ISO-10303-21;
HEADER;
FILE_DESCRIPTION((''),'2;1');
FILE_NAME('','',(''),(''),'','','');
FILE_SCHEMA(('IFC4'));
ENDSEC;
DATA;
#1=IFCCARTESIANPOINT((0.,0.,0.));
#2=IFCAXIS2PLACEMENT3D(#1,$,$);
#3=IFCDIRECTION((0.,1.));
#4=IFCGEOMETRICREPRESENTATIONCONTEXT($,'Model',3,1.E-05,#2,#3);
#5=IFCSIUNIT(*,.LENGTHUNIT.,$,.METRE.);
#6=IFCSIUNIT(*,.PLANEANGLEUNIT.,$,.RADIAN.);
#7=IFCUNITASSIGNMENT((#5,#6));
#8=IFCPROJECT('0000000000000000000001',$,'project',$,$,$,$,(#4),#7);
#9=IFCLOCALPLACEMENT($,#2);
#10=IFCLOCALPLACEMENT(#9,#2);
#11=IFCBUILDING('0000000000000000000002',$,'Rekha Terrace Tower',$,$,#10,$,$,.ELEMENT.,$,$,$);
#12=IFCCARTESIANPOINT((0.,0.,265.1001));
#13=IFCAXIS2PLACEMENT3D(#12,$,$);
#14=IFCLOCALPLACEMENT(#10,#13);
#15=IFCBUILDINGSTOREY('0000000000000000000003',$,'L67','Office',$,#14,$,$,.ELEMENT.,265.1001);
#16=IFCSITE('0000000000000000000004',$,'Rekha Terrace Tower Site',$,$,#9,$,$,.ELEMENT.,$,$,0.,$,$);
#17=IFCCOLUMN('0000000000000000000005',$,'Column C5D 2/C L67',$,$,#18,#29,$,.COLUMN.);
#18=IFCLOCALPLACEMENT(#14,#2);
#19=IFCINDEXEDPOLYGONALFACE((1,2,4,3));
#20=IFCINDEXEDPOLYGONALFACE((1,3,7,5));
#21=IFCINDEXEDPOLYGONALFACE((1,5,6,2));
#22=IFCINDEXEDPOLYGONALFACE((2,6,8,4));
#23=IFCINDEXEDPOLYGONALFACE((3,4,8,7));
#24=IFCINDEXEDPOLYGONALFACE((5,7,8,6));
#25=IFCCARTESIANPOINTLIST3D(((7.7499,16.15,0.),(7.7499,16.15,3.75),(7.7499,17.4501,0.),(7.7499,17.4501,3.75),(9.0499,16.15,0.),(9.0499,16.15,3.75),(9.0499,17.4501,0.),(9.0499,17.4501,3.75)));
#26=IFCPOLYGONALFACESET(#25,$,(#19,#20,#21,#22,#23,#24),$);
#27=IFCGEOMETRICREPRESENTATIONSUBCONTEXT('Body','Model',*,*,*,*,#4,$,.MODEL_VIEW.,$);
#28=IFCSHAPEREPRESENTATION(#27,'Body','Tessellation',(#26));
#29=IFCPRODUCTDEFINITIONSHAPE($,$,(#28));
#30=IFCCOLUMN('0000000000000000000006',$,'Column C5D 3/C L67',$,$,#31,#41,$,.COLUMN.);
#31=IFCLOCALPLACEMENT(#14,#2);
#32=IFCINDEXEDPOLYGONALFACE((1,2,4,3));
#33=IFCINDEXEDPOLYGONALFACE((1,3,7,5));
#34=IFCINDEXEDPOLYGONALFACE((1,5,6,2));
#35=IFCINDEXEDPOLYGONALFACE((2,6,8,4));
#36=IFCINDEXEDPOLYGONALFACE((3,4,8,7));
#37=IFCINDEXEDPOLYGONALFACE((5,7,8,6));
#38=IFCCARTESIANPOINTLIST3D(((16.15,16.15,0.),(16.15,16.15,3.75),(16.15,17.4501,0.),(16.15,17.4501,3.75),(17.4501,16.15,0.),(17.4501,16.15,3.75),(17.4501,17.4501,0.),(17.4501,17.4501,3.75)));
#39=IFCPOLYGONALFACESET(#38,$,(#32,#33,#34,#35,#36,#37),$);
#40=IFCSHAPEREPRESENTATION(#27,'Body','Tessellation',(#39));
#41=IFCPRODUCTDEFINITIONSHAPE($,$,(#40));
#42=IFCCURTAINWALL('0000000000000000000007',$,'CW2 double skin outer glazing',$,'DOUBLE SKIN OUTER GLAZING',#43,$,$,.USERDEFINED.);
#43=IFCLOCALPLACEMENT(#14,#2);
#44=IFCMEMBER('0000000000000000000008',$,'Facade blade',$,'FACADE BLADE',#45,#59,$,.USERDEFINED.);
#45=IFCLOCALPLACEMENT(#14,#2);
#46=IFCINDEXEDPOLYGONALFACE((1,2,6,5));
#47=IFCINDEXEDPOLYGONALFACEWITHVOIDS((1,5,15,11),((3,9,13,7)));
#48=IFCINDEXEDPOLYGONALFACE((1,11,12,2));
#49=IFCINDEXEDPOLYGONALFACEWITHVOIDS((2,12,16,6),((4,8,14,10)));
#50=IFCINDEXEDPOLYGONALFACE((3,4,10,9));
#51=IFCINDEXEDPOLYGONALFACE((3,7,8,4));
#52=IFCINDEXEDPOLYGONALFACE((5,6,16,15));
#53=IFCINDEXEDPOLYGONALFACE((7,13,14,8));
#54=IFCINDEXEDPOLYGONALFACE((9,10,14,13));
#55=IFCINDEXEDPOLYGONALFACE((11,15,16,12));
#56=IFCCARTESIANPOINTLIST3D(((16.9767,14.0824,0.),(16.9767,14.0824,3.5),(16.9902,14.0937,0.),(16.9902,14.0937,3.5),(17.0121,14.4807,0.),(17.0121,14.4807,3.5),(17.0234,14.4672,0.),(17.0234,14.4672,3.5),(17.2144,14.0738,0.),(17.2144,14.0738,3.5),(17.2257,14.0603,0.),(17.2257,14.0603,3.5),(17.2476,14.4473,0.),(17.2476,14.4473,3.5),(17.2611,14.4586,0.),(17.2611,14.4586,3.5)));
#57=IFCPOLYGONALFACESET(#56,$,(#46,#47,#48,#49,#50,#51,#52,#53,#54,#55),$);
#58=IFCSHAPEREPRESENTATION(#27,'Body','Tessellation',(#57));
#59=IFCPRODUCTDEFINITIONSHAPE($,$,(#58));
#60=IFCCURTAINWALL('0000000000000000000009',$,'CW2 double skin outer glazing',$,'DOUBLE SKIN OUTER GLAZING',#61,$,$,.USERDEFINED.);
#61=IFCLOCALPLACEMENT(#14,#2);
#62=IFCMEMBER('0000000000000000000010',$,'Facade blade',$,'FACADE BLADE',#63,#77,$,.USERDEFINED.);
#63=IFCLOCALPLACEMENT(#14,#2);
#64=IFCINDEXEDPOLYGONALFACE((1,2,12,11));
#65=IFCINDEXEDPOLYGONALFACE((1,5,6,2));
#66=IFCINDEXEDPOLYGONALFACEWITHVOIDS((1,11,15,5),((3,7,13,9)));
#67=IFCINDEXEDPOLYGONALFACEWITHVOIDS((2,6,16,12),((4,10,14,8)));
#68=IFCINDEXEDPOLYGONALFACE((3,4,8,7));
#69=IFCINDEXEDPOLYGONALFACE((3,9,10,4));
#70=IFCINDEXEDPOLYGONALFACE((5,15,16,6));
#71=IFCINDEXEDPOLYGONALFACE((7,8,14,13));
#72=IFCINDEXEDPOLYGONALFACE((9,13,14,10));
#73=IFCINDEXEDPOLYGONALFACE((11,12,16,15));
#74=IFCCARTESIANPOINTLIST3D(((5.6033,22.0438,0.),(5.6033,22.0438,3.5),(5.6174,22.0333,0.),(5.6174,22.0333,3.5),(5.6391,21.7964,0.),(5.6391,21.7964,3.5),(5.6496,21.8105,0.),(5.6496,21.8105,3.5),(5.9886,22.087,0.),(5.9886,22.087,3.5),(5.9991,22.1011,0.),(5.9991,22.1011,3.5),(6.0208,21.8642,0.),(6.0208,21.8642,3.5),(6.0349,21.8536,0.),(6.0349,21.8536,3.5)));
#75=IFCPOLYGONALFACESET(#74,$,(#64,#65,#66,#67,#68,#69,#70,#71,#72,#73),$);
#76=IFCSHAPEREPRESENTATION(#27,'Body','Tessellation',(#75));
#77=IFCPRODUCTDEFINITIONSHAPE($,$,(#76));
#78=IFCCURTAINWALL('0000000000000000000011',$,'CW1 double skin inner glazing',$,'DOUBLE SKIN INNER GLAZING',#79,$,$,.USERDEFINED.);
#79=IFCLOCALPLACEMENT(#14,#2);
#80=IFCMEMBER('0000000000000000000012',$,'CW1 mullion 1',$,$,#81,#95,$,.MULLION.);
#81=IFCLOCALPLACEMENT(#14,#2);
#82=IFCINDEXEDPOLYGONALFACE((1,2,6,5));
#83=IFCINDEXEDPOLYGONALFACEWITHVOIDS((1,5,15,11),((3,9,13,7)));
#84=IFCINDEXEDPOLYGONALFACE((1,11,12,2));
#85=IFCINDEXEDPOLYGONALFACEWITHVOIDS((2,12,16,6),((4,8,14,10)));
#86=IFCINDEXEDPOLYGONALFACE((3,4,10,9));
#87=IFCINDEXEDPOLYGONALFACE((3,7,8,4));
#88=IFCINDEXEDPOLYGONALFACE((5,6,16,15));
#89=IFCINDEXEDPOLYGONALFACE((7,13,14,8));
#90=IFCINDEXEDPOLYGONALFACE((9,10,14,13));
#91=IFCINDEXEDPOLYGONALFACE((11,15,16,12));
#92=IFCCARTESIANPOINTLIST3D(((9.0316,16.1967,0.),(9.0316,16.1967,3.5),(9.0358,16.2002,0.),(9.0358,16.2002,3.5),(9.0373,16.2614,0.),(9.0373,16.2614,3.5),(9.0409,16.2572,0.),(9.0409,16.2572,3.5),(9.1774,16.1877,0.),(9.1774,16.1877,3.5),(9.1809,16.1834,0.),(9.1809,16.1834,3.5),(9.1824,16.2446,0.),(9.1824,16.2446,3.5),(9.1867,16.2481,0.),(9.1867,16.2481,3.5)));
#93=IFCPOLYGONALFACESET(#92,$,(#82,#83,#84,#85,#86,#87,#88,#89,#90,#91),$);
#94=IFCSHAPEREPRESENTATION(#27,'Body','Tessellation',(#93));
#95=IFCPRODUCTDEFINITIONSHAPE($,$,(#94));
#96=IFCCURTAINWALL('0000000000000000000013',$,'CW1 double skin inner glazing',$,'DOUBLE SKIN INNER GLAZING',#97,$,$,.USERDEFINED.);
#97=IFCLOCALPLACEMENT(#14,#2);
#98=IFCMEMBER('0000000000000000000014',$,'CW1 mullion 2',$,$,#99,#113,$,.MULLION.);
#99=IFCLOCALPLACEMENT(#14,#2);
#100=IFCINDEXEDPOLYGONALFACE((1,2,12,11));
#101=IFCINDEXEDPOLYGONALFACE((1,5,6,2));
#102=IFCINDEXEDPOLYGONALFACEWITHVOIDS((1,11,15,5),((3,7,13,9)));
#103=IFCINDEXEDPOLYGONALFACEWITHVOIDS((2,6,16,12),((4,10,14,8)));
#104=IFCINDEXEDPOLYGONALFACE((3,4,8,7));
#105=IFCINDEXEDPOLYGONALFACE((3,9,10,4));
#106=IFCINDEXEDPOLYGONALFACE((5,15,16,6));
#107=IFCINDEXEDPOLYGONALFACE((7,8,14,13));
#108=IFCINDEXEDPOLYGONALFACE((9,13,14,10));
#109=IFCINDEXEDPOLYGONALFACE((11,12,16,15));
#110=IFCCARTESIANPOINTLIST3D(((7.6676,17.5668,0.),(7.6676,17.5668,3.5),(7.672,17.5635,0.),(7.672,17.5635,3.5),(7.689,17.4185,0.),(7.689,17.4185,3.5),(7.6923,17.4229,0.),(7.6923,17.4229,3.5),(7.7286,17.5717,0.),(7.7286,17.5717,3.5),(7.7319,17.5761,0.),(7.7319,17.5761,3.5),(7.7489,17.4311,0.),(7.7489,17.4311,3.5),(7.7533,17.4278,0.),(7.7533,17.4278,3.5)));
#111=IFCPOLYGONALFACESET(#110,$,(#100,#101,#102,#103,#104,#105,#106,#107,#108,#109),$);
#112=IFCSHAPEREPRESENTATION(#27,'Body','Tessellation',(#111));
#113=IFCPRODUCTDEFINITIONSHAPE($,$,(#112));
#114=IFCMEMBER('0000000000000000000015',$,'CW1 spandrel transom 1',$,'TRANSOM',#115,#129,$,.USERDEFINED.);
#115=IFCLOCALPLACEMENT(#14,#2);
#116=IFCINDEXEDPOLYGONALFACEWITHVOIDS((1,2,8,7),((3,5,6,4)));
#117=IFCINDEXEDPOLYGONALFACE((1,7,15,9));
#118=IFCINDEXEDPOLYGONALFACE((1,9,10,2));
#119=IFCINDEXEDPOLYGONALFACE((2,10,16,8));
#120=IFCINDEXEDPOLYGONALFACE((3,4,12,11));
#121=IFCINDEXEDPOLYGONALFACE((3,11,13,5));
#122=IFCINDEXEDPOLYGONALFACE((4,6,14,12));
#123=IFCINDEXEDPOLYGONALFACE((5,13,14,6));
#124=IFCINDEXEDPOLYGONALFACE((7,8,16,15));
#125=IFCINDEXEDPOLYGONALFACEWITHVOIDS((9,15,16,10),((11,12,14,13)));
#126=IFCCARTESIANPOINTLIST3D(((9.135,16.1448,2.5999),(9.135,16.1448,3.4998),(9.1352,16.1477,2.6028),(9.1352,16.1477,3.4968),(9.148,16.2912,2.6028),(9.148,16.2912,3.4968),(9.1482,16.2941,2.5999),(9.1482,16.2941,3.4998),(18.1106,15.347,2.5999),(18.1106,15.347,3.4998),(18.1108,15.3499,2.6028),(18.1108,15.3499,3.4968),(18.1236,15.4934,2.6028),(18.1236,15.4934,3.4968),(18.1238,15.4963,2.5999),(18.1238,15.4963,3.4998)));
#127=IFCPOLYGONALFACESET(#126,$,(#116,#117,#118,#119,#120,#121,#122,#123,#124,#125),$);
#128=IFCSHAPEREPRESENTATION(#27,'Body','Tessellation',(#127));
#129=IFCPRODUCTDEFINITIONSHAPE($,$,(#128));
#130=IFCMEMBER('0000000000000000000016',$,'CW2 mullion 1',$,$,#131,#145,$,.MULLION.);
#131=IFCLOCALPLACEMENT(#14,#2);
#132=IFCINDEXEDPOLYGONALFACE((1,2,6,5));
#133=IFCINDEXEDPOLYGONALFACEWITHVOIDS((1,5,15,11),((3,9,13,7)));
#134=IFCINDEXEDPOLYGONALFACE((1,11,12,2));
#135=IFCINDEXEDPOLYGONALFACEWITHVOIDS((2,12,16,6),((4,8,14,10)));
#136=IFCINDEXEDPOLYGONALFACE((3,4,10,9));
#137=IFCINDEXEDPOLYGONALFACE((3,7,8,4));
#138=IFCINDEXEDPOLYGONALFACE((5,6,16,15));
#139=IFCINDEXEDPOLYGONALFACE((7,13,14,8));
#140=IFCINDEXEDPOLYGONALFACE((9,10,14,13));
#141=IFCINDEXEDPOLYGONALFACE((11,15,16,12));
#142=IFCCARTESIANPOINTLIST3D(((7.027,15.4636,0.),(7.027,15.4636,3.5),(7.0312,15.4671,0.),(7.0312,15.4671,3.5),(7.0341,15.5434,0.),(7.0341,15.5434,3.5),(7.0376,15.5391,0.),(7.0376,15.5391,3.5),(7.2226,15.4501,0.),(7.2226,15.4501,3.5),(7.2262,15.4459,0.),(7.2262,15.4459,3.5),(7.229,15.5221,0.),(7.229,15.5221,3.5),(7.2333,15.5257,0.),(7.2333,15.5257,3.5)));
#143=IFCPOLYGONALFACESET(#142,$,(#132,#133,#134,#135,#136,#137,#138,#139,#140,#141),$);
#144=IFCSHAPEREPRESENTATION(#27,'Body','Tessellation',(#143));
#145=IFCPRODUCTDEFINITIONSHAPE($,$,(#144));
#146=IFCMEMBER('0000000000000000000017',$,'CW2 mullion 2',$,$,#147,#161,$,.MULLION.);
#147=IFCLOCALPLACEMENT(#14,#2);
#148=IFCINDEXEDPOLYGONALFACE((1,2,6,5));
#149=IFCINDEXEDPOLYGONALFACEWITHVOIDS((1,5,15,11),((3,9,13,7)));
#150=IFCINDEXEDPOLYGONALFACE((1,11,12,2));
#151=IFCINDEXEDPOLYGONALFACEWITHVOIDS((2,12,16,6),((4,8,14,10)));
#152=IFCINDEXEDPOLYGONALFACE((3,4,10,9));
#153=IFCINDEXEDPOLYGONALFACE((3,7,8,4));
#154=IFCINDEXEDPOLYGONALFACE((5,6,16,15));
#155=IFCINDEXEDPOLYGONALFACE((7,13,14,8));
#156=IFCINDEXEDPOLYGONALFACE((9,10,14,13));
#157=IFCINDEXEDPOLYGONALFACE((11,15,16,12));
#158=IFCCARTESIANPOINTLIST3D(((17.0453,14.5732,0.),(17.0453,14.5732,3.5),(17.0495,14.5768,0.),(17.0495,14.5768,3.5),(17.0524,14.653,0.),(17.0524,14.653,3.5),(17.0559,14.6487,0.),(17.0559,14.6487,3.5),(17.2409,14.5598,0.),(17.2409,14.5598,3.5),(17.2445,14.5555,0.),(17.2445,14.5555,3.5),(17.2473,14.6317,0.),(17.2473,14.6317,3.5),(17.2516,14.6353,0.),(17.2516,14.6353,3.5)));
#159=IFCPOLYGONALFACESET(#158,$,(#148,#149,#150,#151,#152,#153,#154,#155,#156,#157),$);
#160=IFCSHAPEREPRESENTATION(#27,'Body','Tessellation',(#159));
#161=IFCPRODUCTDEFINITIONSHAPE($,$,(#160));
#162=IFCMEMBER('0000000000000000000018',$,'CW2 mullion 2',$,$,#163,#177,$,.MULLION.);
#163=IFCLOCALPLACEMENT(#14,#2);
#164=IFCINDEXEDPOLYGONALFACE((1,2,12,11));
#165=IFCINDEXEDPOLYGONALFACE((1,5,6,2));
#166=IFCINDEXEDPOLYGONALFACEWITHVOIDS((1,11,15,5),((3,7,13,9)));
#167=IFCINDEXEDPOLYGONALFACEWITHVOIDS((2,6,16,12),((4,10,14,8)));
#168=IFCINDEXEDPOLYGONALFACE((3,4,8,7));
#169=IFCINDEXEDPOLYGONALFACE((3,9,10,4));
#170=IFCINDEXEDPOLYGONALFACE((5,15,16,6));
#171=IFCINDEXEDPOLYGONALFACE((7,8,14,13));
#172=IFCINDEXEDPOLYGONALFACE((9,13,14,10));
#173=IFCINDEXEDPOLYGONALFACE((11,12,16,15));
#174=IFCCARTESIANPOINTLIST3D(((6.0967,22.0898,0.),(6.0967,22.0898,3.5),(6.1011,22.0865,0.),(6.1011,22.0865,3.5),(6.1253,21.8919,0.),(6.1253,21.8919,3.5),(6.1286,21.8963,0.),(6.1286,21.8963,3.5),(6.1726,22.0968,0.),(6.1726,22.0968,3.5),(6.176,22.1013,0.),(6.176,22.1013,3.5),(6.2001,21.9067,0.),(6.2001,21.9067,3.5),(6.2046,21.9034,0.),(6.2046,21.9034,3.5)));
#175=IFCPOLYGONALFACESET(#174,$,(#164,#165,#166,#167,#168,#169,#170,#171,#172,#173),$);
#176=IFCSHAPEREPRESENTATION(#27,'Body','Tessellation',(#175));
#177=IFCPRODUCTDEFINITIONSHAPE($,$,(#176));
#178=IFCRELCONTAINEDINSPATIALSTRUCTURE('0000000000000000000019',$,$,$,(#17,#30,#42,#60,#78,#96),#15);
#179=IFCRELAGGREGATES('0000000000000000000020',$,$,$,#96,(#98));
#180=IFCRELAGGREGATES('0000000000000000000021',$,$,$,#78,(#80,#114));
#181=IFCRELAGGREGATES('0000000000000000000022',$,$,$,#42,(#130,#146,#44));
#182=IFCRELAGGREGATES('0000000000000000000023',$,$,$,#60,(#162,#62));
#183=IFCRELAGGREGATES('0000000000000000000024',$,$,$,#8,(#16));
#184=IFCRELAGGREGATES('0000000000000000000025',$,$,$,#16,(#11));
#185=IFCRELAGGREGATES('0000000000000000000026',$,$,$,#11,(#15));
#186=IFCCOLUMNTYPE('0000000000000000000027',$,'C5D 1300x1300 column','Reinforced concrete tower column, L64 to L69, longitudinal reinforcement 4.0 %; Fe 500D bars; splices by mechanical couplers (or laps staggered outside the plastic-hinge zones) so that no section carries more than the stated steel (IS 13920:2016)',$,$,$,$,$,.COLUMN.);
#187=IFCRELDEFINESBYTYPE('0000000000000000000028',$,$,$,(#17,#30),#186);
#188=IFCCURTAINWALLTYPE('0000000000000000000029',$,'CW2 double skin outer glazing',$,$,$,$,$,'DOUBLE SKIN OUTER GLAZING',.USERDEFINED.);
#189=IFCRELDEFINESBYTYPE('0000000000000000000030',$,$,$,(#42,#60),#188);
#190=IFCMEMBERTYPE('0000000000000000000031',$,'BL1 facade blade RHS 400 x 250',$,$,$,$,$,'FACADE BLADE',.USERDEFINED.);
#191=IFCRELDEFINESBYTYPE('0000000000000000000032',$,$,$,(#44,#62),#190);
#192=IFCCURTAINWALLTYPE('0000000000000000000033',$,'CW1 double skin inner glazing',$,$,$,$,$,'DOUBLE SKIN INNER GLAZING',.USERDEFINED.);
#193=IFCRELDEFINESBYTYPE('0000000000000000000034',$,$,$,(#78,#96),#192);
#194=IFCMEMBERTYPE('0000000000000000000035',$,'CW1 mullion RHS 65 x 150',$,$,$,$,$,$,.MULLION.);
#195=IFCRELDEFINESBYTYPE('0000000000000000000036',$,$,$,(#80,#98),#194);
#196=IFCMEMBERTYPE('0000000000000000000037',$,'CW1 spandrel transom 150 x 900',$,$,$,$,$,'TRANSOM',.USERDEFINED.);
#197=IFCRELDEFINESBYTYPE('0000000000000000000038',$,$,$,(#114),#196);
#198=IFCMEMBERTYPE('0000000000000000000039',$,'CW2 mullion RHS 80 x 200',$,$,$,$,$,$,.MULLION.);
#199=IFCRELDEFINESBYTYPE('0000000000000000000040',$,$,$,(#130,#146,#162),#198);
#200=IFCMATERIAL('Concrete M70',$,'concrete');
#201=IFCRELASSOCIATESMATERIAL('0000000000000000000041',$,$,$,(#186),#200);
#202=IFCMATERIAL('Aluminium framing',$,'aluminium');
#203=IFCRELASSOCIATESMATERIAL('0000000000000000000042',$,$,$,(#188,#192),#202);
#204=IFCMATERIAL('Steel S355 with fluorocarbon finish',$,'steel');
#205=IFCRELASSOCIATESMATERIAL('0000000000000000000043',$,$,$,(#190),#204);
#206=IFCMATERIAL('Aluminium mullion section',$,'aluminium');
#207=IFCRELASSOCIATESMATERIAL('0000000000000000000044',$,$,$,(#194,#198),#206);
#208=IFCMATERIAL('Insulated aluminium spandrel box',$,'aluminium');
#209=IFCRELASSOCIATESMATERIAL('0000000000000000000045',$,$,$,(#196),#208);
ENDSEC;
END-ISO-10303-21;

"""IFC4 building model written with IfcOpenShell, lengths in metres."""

from ifc_helpers import new_model, si_unit, direction, frame, origin, origin_2d, place, context, subcontext, project, spatial, rectangle, hollow_rectangle, extrude, material, material_profile, profile_set, type_object, element, aggregate, save


model = new_model("IFC4")

# Units and contexts
model_context = context("Model", 3, precision=1e-05, world=origin(), true_north=direction((0.0, 1.0)))
body_context = subcontext(model_context, "Body", "Model", "MODEL_VIEW")
ifc_project = project(units=[si_unit("LENGTHUNIT", "METRE"), si_unit("PLANEANGLEUNIT", "RADIAN")], contexts=[model_context])

# Site, building, storey
site_placement = place(None, origin())
site = spatial("IfcSite", under=ifc_project, at=site_placement, Name="Rekha Terrace Tower Site", CompositionType="ELEMENT", RefElevation=0.0)
building_placement = place(site_placement, origin())
building = spatial("IfcBuilding", under=site, at=building_placement, Name="Rekha Terrace Tower", CompositionType="ELEMENT")
storey_placement = place(building_placement, frame((0.0, 0.0, 265.1001)))
storey = spatial("IfcBuildingStorey", under=building, at=storey_placement, Name="L67", Description="Office", CompositionType="ELEMENT", Elevation=265.1001)

# Columns
ifc_material_1 = material(Name="Concrete M70", Category="concrete")
ifc_material_profile_1 = material_profile(ifc_material_1, rectangle(XDim=1.3, YDim=1.3, at=origin_2d()), Name="RC 1300x1300")
ifc_profile_set_1 = profile_set([ifc_material_profile_1], Name="Concrete M70")
column_type = type_object("IfcColumnType", Name="C5D 1300x1300 column", Description="Reinforced concrete tower column, L64 to L69, longitudinal reinforcement 4.0 %; Fe 500D bars; splices by mechanical couplers (or laps staggered outside the plastic-hinge zones) so that no section carries more than the stated steel (IS 13920:2016)", PredefinedType="COLUMN", material=ifc_profile_set_1)
for number, where, z_axis, x_axis, name in (
    (1, (8.3999, 16.8, 0.0), (0.0, 0.0, 1.0), (1.0, 0.0, 0.0), "Column C5D 2/C L67"),
    (2, (16.8, 16.8, 0.0), (0.0, 0.0, 1.0), (1.0, 0.0, 0.0), "Column C5D 3/C L67"),
):
    element("IfcColumn", number, at=place(storey_placement, frame(where, z_axis=z_axis, x_axis=x_axis)), inside=storey, type_object=column_type, Name=name, PredefinedType="COLUMN", context=body_context, shape_type="SweptSolid", body=[
        extrude(rectangle(XDim=1.3, YDim=1.3, at=origin_2d()), origin(), (0.0, 0.0, 1.0), 3.75),
    ])

# Curtain walls, members
ifc_material_2 = material(Name="Aluminium framing", Category="aluminium")
curtain_wall_type_1 = type_object("IfcCurtainWallType", Name="CW2 double skin outer glazing", ElementType="DOUBLE SKIN OUTER GLAZING", PredefinedType="USERDEFINED", material=ifc_material_2)
curtain_wall_1_placement = place(storey_placement, origin())
curtain_wall_1 = element("IfcCurtainWall", 3, at=curtain_wall_1_placement, inside=storey, type_object=curtain_wall_type_1, Name="CW2 double skin outer glazing", ObjectType="DOUBLE SKIN OUTER GLAZING", PredefinedType="USERDEFINED")
ifc_material_3 = material(Name="Steel S355 with fluorocarbon finish", Category="steel")
ifc_material_profile_2 = material_profile(ifc_material_3, hollow_rectangle(XDim=0.25, YDim=0.3999, WallThickness=0.0125, at=origin_2d()), Name="RHS400x250x12.5")
ifc_profile_set_2 = profile_set([ifc_material_profile_2], Name="Steel S355 with fluorocarbon finish")
member_type_1 = type_object("IfcMemberType", Name="BL1 facade blade RHS 400 x 250", ElementType="FACADE BLADE", PredefinedType="USERDEFINED", material=ifc_profile_set_2)
member_1_placement = place(storey_placement, frame((17.1189, 14.2705, 0.0), z_axis=(0.0, 0.0, 1.0), x_axis=(0.996074, -0.088522, 0.0)))
member_1 = element("IfcMember", 4, at=member_1_placement, type_object=member_type_1, Name="Facade blade", ObjectType="FACADE BLADE", PredefinedType="USERDEFINED", context=body_context, shape_type="SweptSolid", body=[
    extrude(hollow_rectangle(XDim=0.25, YDim=0.3999, WallThickness=0.0125, at=origin_2d()), origin(), (0.0, 0.0, 1.0), 3.5),
])
curtain_wall_2_placement = place(storey_placement, origin())
curtain_wall_2 = element("IfcCurtainWall", 5, at=curtain_wall_2_placement, inside=storey, type_object=curtain_wall_type_1, Name="CW2 double skin outer glazing", ObjectType="DOUBLE SKIN OUTER GLAZING", PredefinedType="USERDEFINED")
member_2_placement = place(storey_placement, frame((5.8191, 21.9487, 0.0), z_axis=(0.0, 0.0, 1.0), x_axis=(0.143109, -0.989707, 0.0)))
member_2 = element("IfcMember", 6, at=member_2_placement, type_object=member_type_1, Name="Facade blade", ObjectType="FACADE BLADE", PredefinedType="USERDEFINED", context=body_context, shape_type="SweptSolid", body=[
    extrude(hollow_rectangle(XDim=0.25, YDim=0.3999, WallThickness=0.0125, at=origin_2d()), origin(), (0.0, 0.0, 1.0), 3.5),
])
curtain_wall_type_2 = type_object("IfcCurtainWallType", Name="CW1 double skin inner glazing", ElementType="DOUBLE SKIN INNER GLAZING", PredefinedType="USERDEFINED", material=ifc_material_2)
curtain_wall_3_placement = place(storey_placement, origin())
curtain_wall_3 = element("IfcCurtainWall", 7, at=curtain_wall_3_placement, inside=storey, type_object=curtain_wall_type_2, Name="CW1 double skin inner glazing", ObjectType="DOUBLE SKIN INNER GLAZING", PredefinedType="USERDEFINED")
ifc_material_4 = material(Name="Aluminium mullion section", Category="aluminium")
ifc_material_profile_3 = material_profile(ifc_material_4, hollow_rectangle(XDim=0.0649, YDim=0.1499, WallThickness=0.0039, at=origin_2d()), Name="AL RHS 65x150")
ifc_profile_set_3 = profile_set([ifc_material_profile_3], Name="Aluminium mullion section")
member_type_2 = type_object("IfcMemberType", Name="CW1 mullion RHS 65 x 150", PredefinedType="MULLION", material=ifc_profile_set_3)
member_3_placement = place(storey_placement, frame((9.1091, 16.2224, 0.0), z_axis=(0.0, 0.0, 1.0), x_axis=(0.088522, 0.996074, 0.0)))
member_3 = element("IfcMember", 8, at=member_3_placement, type_object=member_type_2, Name="CW1 mullion 1", PredefinedType="MULLION", context=body_context, shape_type="SweptSolid", body=[
    extrude(hollow_rectangle(XDim=0.0649, YDim=0.1499, WallThickness=0.0039, at=origin_2d()), origin(), (0.0, 0.0, 1.0), 3.5),
])
curtain_wall_4_placement = place(storey_placement, origin())
curtain_wall_4 = element("IfcCurtainWall", 9, at=curtain_wall_4_placement, inside=storey, type_object=curtain_wall_type_2, Name="CW1 double skin inner glazing", ObjectType="DOUBLE SKIN INNER GLAZING", PredefinedType="USERDEFINED")
member_4_placement = place(storey_placement, frame((7.7104, 17.4973, 0.0), z_axis=(0.0, 0.0, 1.0), x_axis=(0.989707, 0.143108, 0.0)))
member_4 = element("IfcMember", 10, at=member_4_placement, type_object=member_type_2, Name="CW1 mullion 2", PredefinedType="MULLION", context=body_context, shape_type="SweptSolid", body=[
    extrude(hollow_rectangle(XDim=0.0649, YDim=0.1499, WallThickness=0.0039, at=origin_2d()), origin(), (0.0, 0.0, 1.0), 3.5),
])
aggregate(curtain_wall_4, [member_4])

# Members
ifc_material_5 = material(Name="Insulated aluminium spandrel box", Category="aluminium")
ifc_material_profile_4 = material_profile(ifc_material_5, hollow_rectangle(XDim=0.1499, YDim=0.8999, WallThickness=0.0029, at=origin_2d()), Name="AL SPANDREL BOX 150x900")
ifc_profile_set_4 = profile_set([ifc_material_profile_4], Name="Insulated aluminium spandrel box")
member_type_3 = type_object("IfcMemberType", Name="CW1 spandrel transom 150 x 900", ElementType="TRANSOM", PredefinedType="USERDEFINED", material=ifc_profile_set_4)
member_5_placement = place(storey_placement, frame((9.1416, 16.2195, 3.0498), z_axis=(0.996072, -0.088542, 0.0), x_axis=(0.088542, 0.996072, 0.0)))
member_5 = element("IfcMember", 11, at=member_5_placement, type_object=member_type_3, Name="CW1 spandrel transom 1", ObjectType="TRANSOM", PredefinedType="USERDEFINED", context=body_context, shape_type="SweptSolid", body=[
    extrude(hollow_rectangle(XDim=0.1499, YDim=0.8999, WallThickness=0.0029, at=origin_2d()), origin(), (0.0, 0.0, 1.0), 9.011),
])
ifc_material_profile_5 = material_profile(ifc_material_4, hollow_rectangle(XDim=0.0801, YDim=0.2, WallThickness=0.0039, at=origin_2d()), Name="AL RHS 80x200")
ifc_profile_set_5 = profile_set([ifc_material_profile_5], Name="Aluminium mullion section")
member_type_4 = type_object("IfcMemberType", Name="CW2 mullion RHS 80 x 200", PredefinedType="MULLION", material=ifc_profile_set_5)
member_6_placement = place(storey_placement, frame((7.1301, 15.4946, 0.0), z_axis=(0.0, 0.0, 1.0), x_axis=(0.088522, 0.996074, 0.0)))
member_6 = element("IfcMember", 12, at=member_6_placement, type_object=member_type_4, Name="CW2 mullion 1", PredefinedType="MULLION", context=body_context, shape_type="SweptSolid", body=[
    extrude(hollow_rectangle(XDim=0.0801, YDim=0.2, WallThickness=0.0039, at=origin_2d()), origin(), (0.0, 0.0, 1.0), 3.5),
])
member_7_placement = place(storey_placement, frame((17.1484, 14.6042, 0.0), z_axis=(0.0, 0.0, 1.0), x_axis=(0.088522, 0.996074, 0.0)))
member_7 = element("IfcMember", 13, at=member_7_placement, type_object=member_type_4, Name="CW2 mullion 2", PredefinedType="MULLION", context=body_context, shape_type="SweptSolid", body=[
    extrude(hollow_rectangle(XDim=0.0801, YDim=0.2, WallThickness=0.0039, at=origin_2d()), origin(), (0.0, 0.0, 1.0), 3.5),
])
member_8_placement = place(storey_placement, frame((6.1506, 21.9966, 0.0), z_axis=(0.0, 0.0, 1.0), x_axis=(0.989707, 0.143108, 0.0)))
member_8 = element("IfcMember", 14, at=member_8_placement, type_object=member_type_4, Name="CW2 mullion 2", PredefinedType="MULLION", context=body_context, shape_type="SweptSolid", body=[
    extrude(hollow_rectangle(XDim=0.0801, YDim=0.2, WallThickness=0.0039, at=origin_2d()), origin(), (0.0, 0.0, 1.0), 3.5),
])

aggregate(curtain_wall_3, [member_3, member_5])
aggregate(curtain_wall_1, [member_6, member_7, member_1])
aggregate(curtain_wall_2, [member_8, member_2])

save(model, "model.ifc")
